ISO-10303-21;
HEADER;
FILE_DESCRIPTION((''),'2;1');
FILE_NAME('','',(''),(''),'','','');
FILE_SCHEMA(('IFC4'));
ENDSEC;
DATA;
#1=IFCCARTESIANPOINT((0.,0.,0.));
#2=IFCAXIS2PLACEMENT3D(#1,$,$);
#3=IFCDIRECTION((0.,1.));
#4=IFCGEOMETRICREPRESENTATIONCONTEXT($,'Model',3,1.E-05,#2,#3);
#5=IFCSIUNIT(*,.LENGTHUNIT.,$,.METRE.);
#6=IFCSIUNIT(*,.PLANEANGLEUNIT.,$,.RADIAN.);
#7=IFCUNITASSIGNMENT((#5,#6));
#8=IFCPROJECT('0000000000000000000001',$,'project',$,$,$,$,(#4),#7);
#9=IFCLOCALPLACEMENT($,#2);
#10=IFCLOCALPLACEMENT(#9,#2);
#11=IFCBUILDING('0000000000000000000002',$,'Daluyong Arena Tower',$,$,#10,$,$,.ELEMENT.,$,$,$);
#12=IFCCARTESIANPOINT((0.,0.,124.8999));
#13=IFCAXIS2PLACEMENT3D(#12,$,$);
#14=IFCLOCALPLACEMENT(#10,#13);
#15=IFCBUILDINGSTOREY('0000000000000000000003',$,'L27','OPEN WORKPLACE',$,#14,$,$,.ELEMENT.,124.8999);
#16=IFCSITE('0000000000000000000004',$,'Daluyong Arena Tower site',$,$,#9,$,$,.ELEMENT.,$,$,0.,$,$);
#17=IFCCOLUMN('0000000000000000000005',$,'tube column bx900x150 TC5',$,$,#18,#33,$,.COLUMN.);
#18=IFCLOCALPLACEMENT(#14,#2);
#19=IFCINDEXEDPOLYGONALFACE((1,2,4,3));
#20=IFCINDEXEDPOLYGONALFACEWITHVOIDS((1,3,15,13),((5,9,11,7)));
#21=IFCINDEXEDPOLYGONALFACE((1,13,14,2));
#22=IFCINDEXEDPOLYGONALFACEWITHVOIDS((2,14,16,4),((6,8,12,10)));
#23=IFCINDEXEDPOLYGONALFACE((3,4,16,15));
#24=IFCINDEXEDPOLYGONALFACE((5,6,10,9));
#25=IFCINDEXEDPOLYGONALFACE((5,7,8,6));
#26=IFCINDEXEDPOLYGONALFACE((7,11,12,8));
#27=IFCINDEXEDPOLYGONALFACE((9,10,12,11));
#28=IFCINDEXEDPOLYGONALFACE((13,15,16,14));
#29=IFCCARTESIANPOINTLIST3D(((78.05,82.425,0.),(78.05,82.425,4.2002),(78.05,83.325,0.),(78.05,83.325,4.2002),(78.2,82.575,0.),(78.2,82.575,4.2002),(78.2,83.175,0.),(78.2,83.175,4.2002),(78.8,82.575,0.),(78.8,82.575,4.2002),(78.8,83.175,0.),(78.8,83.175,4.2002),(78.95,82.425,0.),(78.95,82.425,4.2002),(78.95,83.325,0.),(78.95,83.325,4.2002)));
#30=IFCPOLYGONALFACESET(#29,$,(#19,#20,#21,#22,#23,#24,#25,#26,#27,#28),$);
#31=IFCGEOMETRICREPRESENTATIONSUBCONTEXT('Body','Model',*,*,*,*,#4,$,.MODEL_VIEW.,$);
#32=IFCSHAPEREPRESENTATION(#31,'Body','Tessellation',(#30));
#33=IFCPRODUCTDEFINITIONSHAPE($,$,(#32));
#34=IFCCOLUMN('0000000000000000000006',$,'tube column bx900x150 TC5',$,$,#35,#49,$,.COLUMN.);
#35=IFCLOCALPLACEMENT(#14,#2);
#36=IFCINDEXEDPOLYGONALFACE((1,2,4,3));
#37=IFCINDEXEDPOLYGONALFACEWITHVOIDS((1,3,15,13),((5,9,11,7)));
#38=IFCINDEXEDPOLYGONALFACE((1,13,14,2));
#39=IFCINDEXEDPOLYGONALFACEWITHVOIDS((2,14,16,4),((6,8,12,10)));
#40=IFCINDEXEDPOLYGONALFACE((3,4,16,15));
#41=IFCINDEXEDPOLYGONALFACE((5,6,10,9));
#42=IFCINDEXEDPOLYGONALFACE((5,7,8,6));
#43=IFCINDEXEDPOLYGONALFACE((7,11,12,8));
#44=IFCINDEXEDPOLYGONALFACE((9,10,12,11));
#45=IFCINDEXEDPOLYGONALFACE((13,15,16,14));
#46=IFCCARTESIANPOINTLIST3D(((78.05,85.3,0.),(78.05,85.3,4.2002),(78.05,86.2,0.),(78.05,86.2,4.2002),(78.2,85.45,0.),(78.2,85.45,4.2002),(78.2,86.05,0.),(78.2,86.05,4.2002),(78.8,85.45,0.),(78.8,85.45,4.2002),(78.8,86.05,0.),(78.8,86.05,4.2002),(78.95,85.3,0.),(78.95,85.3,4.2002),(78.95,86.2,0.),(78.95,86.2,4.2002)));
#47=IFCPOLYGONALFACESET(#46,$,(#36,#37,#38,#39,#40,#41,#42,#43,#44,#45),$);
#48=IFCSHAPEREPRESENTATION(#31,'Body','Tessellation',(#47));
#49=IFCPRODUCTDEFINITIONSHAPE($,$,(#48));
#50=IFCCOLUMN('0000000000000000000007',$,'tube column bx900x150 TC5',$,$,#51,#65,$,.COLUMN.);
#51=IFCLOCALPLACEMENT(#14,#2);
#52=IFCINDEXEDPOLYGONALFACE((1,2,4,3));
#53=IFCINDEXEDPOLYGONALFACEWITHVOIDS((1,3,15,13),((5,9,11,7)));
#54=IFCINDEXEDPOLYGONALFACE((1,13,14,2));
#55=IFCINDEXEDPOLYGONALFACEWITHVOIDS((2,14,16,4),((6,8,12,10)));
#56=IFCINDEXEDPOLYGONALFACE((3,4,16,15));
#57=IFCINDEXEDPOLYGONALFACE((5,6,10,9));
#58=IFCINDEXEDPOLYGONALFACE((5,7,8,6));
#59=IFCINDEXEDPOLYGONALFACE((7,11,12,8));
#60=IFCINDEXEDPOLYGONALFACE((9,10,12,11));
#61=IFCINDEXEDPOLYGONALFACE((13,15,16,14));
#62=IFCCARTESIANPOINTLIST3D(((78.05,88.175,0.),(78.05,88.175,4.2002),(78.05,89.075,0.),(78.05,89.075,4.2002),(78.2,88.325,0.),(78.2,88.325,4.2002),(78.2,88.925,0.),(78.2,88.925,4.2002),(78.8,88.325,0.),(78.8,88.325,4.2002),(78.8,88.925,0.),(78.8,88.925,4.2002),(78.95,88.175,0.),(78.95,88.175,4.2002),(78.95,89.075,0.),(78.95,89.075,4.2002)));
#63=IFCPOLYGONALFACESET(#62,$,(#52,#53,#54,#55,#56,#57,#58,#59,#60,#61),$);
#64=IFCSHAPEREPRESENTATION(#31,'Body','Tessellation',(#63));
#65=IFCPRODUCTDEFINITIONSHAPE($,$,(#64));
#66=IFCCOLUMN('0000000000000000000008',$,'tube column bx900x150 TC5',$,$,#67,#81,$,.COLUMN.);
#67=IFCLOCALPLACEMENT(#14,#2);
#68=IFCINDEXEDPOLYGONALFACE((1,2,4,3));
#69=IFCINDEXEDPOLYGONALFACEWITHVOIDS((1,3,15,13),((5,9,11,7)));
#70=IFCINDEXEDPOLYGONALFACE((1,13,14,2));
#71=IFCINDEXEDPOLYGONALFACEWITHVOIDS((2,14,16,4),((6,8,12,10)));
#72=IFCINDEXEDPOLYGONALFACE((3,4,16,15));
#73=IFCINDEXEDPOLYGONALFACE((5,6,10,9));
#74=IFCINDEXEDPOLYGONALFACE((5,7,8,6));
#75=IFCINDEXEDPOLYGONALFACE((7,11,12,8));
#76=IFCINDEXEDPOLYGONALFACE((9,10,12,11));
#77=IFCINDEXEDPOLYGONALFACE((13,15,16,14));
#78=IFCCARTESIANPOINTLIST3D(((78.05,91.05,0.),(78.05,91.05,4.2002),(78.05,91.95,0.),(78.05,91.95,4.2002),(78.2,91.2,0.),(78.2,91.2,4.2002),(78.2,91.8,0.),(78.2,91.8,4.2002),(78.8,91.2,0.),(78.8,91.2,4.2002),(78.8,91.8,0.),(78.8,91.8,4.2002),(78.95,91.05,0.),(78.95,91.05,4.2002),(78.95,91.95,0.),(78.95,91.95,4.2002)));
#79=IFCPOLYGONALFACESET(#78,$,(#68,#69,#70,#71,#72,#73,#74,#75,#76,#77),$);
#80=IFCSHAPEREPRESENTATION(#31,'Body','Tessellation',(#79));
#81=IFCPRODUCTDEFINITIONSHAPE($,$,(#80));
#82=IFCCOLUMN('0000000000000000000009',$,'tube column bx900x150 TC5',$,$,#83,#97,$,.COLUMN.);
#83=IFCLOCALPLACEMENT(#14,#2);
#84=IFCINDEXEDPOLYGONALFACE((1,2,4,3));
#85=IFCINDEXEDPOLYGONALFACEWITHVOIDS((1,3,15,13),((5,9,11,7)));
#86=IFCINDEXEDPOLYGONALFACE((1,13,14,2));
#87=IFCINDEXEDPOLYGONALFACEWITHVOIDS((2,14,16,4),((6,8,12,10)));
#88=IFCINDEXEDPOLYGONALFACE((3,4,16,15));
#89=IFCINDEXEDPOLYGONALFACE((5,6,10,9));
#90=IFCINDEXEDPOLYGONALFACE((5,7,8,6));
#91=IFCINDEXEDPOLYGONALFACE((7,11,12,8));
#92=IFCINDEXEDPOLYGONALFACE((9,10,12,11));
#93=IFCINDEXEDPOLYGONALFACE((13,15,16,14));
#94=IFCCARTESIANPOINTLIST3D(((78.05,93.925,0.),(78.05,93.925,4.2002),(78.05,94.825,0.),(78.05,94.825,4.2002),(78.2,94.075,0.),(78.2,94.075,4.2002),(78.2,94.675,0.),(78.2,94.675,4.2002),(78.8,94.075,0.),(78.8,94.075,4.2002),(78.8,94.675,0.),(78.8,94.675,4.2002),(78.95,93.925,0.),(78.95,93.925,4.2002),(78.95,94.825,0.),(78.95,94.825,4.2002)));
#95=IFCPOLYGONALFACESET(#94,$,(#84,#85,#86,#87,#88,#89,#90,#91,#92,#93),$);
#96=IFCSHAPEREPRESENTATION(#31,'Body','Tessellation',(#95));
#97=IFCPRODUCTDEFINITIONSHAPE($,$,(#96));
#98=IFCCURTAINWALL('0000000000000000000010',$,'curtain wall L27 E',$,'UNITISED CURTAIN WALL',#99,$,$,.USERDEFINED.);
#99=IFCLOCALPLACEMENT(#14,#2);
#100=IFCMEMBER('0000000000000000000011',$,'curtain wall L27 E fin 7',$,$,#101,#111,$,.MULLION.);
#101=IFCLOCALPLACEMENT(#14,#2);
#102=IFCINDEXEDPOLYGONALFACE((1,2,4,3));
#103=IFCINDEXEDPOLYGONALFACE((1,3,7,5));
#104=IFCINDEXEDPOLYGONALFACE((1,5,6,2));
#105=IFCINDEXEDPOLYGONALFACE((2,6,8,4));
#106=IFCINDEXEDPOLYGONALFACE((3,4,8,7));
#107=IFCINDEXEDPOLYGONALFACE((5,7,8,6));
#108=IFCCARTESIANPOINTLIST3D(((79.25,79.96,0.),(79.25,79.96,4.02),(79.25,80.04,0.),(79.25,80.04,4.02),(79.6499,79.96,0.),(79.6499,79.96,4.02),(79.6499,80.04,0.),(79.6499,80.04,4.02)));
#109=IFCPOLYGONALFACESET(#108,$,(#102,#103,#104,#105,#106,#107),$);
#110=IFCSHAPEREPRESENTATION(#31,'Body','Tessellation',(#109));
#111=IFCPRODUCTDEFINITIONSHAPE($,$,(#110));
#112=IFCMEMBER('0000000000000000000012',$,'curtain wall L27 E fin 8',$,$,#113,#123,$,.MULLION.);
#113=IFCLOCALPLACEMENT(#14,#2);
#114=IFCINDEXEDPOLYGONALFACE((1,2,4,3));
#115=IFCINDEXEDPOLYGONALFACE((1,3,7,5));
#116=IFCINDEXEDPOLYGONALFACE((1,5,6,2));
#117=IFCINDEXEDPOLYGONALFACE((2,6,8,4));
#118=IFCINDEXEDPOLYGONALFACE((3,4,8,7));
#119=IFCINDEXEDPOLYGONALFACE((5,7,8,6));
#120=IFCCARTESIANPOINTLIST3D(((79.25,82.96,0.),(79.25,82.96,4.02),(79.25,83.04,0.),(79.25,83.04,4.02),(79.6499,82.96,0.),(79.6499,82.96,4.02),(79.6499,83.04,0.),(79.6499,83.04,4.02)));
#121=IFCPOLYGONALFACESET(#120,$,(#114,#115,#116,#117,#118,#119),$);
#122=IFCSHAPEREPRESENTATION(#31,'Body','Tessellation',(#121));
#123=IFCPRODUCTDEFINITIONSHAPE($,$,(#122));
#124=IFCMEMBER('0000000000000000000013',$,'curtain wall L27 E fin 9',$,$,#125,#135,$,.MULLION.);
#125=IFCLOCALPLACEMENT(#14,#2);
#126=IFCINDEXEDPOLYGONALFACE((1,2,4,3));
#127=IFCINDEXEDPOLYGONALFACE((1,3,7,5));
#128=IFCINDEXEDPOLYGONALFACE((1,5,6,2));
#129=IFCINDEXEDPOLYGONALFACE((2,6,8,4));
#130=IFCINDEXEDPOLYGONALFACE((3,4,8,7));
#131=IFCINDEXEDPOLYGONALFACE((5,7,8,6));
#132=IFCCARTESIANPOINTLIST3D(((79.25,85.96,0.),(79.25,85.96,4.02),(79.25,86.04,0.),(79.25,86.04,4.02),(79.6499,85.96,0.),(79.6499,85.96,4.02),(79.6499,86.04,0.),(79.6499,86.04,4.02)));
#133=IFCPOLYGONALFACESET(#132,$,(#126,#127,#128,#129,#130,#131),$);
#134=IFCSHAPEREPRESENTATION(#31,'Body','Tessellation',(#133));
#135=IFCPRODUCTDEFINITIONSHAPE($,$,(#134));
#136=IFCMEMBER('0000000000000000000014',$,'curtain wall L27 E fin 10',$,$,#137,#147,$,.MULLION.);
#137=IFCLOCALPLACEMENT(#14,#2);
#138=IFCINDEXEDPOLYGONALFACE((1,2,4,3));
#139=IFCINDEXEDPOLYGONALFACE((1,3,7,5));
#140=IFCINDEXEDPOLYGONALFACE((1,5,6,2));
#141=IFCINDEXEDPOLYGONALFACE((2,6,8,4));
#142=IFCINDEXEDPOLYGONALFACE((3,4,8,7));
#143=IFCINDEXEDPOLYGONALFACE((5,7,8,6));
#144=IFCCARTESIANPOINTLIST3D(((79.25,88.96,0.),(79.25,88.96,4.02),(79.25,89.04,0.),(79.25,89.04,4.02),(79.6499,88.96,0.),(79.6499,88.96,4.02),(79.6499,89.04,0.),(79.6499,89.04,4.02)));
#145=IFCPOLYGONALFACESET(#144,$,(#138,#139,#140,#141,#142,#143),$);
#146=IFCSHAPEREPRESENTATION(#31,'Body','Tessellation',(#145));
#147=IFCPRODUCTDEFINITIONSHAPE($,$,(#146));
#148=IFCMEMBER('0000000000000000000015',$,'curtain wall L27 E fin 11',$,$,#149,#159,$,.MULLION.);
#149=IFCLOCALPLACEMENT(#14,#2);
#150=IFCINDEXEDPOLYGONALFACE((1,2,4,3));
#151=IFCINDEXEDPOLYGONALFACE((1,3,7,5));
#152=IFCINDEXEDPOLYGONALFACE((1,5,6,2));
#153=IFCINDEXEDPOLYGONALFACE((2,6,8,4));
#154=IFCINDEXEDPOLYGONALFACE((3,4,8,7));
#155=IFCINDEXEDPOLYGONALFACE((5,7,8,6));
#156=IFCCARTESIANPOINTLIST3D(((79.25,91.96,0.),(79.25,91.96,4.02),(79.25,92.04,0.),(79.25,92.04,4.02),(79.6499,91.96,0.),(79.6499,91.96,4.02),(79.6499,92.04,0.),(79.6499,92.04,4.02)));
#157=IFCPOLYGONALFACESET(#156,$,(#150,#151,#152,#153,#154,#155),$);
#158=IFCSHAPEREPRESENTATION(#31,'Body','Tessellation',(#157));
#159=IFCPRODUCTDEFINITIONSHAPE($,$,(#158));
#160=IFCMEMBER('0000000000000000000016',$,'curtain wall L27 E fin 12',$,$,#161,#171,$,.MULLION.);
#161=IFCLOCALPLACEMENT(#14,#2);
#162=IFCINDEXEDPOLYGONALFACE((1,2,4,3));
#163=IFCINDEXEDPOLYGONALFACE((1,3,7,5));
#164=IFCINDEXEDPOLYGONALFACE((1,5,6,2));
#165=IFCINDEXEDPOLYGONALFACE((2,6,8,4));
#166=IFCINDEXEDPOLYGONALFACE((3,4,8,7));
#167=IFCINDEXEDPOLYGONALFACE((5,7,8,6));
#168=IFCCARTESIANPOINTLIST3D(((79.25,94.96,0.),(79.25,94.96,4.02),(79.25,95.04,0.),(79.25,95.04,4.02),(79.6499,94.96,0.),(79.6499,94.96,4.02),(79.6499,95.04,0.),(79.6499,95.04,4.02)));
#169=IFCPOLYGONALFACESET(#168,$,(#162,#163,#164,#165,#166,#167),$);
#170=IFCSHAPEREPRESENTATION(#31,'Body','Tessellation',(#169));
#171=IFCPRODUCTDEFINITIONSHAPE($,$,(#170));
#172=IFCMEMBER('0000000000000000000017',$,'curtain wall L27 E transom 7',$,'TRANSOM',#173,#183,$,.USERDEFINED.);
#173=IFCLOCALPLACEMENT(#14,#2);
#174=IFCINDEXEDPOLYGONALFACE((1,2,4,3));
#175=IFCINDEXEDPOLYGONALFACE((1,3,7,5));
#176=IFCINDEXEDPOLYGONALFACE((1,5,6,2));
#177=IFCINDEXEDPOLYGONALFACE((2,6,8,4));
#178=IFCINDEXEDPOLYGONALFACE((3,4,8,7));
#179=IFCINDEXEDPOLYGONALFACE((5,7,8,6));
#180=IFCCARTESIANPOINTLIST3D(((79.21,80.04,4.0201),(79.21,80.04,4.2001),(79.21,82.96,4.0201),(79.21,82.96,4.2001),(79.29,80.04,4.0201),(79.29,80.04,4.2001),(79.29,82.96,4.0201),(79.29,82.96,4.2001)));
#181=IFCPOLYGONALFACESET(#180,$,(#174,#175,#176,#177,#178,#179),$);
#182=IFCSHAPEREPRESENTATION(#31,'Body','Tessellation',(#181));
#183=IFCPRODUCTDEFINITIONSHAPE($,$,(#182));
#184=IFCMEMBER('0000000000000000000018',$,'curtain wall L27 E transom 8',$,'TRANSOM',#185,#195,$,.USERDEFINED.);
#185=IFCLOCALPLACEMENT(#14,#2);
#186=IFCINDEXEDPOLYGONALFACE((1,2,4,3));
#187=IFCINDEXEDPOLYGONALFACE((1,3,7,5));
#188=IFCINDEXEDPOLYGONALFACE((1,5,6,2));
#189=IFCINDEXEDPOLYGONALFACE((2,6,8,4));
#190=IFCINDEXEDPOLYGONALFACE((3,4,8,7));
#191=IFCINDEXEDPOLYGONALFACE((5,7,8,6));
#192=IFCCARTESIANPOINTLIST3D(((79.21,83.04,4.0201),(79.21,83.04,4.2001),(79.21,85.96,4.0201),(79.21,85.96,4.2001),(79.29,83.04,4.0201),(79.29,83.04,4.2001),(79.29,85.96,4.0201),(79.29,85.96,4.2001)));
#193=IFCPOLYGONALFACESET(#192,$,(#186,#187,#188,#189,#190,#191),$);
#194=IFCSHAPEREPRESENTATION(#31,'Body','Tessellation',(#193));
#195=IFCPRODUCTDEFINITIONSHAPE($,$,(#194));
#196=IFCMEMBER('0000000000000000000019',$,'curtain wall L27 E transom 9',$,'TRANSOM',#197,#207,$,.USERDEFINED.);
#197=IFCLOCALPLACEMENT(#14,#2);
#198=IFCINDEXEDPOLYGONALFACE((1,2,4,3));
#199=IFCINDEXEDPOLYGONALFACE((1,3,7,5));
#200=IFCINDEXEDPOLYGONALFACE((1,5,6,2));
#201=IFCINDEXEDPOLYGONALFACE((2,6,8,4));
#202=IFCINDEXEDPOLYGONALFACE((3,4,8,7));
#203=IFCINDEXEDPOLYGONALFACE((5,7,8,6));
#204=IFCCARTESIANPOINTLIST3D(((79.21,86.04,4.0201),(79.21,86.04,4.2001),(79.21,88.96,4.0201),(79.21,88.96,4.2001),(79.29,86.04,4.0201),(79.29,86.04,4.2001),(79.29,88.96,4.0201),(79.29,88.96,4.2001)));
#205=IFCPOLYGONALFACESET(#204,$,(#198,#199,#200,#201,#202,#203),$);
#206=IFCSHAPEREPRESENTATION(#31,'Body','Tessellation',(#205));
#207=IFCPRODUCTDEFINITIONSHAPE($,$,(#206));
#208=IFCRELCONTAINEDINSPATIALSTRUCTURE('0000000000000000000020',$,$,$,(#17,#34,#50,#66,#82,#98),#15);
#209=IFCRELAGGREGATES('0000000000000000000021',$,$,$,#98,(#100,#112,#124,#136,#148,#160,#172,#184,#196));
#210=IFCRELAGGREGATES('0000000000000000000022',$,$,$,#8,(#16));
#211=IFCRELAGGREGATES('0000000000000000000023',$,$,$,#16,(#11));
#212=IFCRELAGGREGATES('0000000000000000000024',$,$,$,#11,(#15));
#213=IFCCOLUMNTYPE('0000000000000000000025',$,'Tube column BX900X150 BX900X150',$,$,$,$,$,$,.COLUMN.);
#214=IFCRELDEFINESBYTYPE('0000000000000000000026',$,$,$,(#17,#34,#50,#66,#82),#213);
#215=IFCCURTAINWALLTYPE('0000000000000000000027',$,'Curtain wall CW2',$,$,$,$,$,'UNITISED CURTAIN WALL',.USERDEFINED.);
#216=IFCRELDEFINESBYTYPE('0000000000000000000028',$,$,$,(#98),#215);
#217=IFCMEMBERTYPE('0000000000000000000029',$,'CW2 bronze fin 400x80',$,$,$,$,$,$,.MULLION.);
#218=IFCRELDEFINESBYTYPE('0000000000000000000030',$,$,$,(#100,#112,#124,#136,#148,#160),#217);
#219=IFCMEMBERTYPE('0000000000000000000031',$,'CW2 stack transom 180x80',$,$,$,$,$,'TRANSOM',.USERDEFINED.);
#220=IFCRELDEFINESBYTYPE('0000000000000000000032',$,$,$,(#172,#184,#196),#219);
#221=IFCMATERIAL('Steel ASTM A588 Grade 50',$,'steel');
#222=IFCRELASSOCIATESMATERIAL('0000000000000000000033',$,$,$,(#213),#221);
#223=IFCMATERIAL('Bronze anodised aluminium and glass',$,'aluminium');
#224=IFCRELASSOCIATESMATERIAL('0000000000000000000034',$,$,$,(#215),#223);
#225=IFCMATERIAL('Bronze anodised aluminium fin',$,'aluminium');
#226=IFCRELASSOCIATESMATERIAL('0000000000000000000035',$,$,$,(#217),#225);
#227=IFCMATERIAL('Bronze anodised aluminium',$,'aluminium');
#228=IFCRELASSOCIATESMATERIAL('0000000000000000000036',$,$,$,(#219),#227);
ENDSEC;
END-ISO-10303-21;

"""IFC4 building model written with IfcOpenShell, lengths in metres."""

from ifc_helpers import new_model, si_unit, direction, frame, origin, origin_2d, place, context, subcontext, project, spatial, rectangle, hollow_rectangle, extrude, material, material_profile, profile_set, type_object, element, aggregate, save


model = new_model("IFC4")

# Units and contexts
model_context = context("Model", 3, precision=1e-05, world=origin(), true_north=direction((0.0, 1.0)))
body_context = subcontext(model_context, "Body", "Model", "MODEL_VIEW")
ifc_project = project(units=[si_unit("LENGTHUNIT", "METRE"), si_unit("PLANEANGLEUNIT", "RADIAN")], contexts=[model_context])

# Site, building, storey
site_placement = place(None, origin())
site = spatial("IfcSite", under=ifc_project, at=site_placement, Name="Daluyong Arena Tower site", CompositionType="ELEMENT", RefElevation=0.0)
building_placement = place(site_placement, origin())
building = spatial("IfcBuilding", under=site, at=building_placement, Name="Daluyong Arena Tower", CompositionType="ELEMENT")
storey_placement = place(building_placement, frame((0.0, 0.0, 124.8999)))
storey = spatial("IfcBuildingStorey", under=building, at=storey_placement, Name="L27", Description="OPEN WORKPLACE", CompositionType="ELEMENT", Elevation=124.8999)

# Columns
ifc_material_1 = material(Name="Steel ASTM A588 Grade 50", Category="steel")
ifc_material_profile_1 = material_profile(ifc_material_1, hollow_rectangle(XDim=0.8999, YDim=0.8999, WallThickness=0.15, at=origin_2d()))
ifc_profile_set_1 = profile_set([ifc_material_profile_1], Name="Steel ASTM A588 Grade 50")
column_type = type_object("IfcColumnType", Name="Tube column BX900X150 BX900X150", PredefinedType="COLUMN", material=ifc_profile_set_1)
for number, where, z_axis, x_axis, name in (
    (1, (78.5, 82.875, 0.0), (0.0, 0.0, 1.0), (0.0, 1.0, 0.0), "tube column bx900x150 TC5"),
    (2, (78.5, 85.75, 0.0), (0.0, 0.0, 1.0), (0.0, 1.0, 0.0), "tube column bx900x150 TC5"),
    (3, (78.5, 88.625, 0.0), (0.0, 0.0, 1.0), (0.0, 1.0, 0.0), "tube column bx900x150 TC5"),
    (4, (78.5, 91.5, 0.0), (0.0, 0.0, 1.0), (0.0, 1.0, 0.0), "tube column bx900x150 TC5"),
    (5, (78.5, 94.375, 0.0), (0.0, 0.0, 1.0), (0.0, 1.0, 0.0), "tube column bx900x150 TC5"),
):
    element("IfcColumn", number, at=place(storey_placement, frame(where, z_axis=z_axis, x_axis=x_axis)), inside=storey, type_object=column_type, Name=name, PredefinedType="COLUMN", context=body_context, shape_type="SweptSolid", body=[
        extrude(hollow_rectangle(XDim=0.8999, YDim=0.8999, WallThickness=0.15, at=origin_2d()), origin(), (0.0, 0.0, 1.0), 4.2002),
    ])

# Curtain wall, members
ifc_material_2 = material(Name="Bronze anodised aluminium and glass", Category="aluminium")
curtain_wall_type = type_object("IfcCurtainWallType", Name="Curtain wall CW2", ElementType="UNITISED CURTAIN WALL", PredefinedType="USERDEFINED", material=ifc_material_2)
curtain_wall_placement = place(storey_placement, origin())
curtain_wall = element("IfcCurtainWall", 6, at=curtain_wall_placement, inside=storey, type_object=curtain_wall_type, Name="curtain wall L27 E", ObjectType="UNITISED CURTAIN WALL", PredefinedType="USERDEFINED")
ifc_material_3 = material(Name="Bronze anodised aluminium fin", Category="aluminium")
ifc_material_profile_2 = material_profile(ifc_material_3, rectangle(XDim=0.3999, YDim=0.0801, at=origin_2d()))
ifc_profile_set_2 = profile_set([ifc_material_profile_2], Name="Bronze anodised aluminium fin")
member_type_1 = type_object("IfcMemberType", Name="CW2 bronze fin 400x80", PredefinedType="MULLION", material=ifc_profile_set_2)
member_1_placement = place(storey_placement, frame((79.45, 80.0, 0.0), z_axis=(0.0, 0.0, 1.0), x_axis=(-1.0, 0.0, 0.0)))
member_1 = element("IfcMember", 7, at=member_1_placement, type_object=member_type_1, Name="curtain wall L27 E fin 7", PredefinedType="MULLION", context=body_context, shape_type="SweptSolid", body=[
    extrude(rectangle(XDim=0.3999, YDim=0.0801, at=origin_2d()), origin(), (0.0, 0.0, 1.0), 4.02),
])
member_2_placement = place(storey_placement, frame((79.45, 83.0, 0.0), z_axis=(0.0, 0.0, 1.0), x_axis=(-1.0, 0.0, 0.0)))
member_2 = element("IfcMember", 8, at=member_2_placement, type_object=member_type_1, Name="curtain wall L27 E fin 8", PredefinedType="MULLION", context=body_context, shape_type="SweptSolid", body=[
    extrude(rectangle(XDim=0.3999, YDim=0.0801, at=origin_2d()), origin(), (0.0, 0.0, 1.0), 4.02),
])
member_3_placement = place(storey_placement, frame((79.45, 86.0, 0.0), z_axis=(0.0, 0.0, 1.0), x_axis=(-1.0, 0.0, 0.0)))
member_3 = element("IfcMember", 9, at=member_3_placement, type_object=member_type_1, Name="curtain wall L27 E fin 9", PredefinedType="MULLION", context=body_context, shape_type="SweptSolid", body=[
    extrude(rectangle(XDim=0.3999, YDim=0.0801, at=origin_2d()), origin(), (0.0, 0.0, 1.0), 4.02),
])
member_4_placement = place(storey_placement, frame((79.45, 89.0, 0.0), z_axis=(0.0, 0.0, 1.0), x_axis=(-1.0, 0.0, 0.0)))
member_4 = element("IfcMember", 10, at=member_4_placement, type_object=member_type_1, Name="curtain wall L27 E fin 10", PredefinedType="MULLION", context=body_context, shape_type="SweptSolid", body=[
    extrude(rectangle(XDim=0.3999, YDim=0.0801, at=origin_2d()), origin(), (0.0, 0.0, 1.0), 4.02),
])
member_5_placement = place(storey_placement, frame((79.45, 92.0, 0.0), z_axis=(0.0, 0.0, 1.0), x_axis=(-1.0, 0.0, 0.0)))
member_5 = element("IfcMember", 11, at=member_5_placement, type_object=member_type_1, Name="curtain wall L27 E fin 11", PredefinedType="MULLION", context=body_context, shape_type="SweptSolid", body=[
    extrude(rectangle(XDim=0.3999, YDim=0.0801, at=origin_2d()), origin(), (0.0, 0.0, 1.0), 4.02),
])
member_6_placement = place(storey_placement, frame((79.45, 95.0, 0.0), z_axis=(0.0, 0.0, 1.0), x_axis=(-1.0, 0.0, 0.0)))
member_6 = element("IfcMember", 12, at=member_6_placement, type_object=member_type_1, Name="curtain wall L27 E fin 12", PredefinedType="MULLION", context=body_context, shape_type="SweptSolid", body=[
    extrude(rectangle(XDim=0.3999, YDim=0.0801, at=origin_2d()), origin(), (0.0, 0.0, 1.0), 4.02),
])
ifc_material_4 = material(Name="Bronze anodised aluminium", Category="aluminium")
ifc_material_profile_3 = material_profile(ifc_material_4, rectangle(XDim=0.0801, YDim=0.1799, at=origin_2d()))
ifc_profile_set_3 = profile_set([ifc_material_profile_3], Name="Bronze anodised aluminium")
member_type_2 = type_object("IfcMemberType", Name="CW2 stack transom 180x80", ElementType="TRANSOM", PredefinedType="USERDEFINED", material=ifc_profile_set_3)
member_7_placement = place(storey_placement, frame((79.25, 80.04, 4.1101), z_axis=(0.0, 1.0, 0.0), x_axis=(-1.0, 0.0, 0.0)))
member_7 = element("IfcMember", 13, at=member_7_placement, type_object=member_type_2, Name="curtain wall L27 E transom 7", ObjectType="TRANSOM", PredefinedType="USERDEFINED", context=body_context, shape_type="SweptSolid", body=[
    extrude(rectangle(XDim=0.0801, YDim=0.1799, at=origin_2d()), origin(), (0.0, 0.0, 1.0), 2.9199),
])
member_8_placement = place(storey_placement, frame((79.25, 83.04, 4.1101), z_axis=(0.0, 1.0, 0.0), x_axis=(-1.0, 0.0, 0.0)))
member_8 = element("IfcMember", 14, at=member_8_placement, type_object=member_type_2, Name="curtain wall L27 E transom 8", ObjectType="TRANSOM", PredefinedType="USERDEFINED", context=body_context, shape_type="SweptSolid", body=[
    extrude(rectangle(XDim=0.0801, YDim=0.1799, at=origin_2d()), origin(), (0.0, 0.0, 1.0), 2.9199),
])
member_9_placement = place(storey_placement, frame((79.25, 86.04, 4.1101), z_axis=(0.0, 1.0, 0.0), x_axis=(-1.0, 0.0, 0.0)))
member_9 = element("IfcMember", 15, at=member_9_placement, type_object=member_type_2, Name="curtain wall L27 E transom 9", ObjectType="TRANSOM", PredefinedType="USERDEFINED", context=body_context, shape_type="SweptSolid", body=[
    extrude(rectangle(XDim=0.0801, YDim=0.1799, at=origin_2d()), origin(), (0.0, 0.0, 1.0), 2.9199),
])

aggregate(curtain_wall, [member_1, member_2, member_3, member_4, member_5, member_6, member_7, member_8, member_9])

save(model, "model.ifc")
